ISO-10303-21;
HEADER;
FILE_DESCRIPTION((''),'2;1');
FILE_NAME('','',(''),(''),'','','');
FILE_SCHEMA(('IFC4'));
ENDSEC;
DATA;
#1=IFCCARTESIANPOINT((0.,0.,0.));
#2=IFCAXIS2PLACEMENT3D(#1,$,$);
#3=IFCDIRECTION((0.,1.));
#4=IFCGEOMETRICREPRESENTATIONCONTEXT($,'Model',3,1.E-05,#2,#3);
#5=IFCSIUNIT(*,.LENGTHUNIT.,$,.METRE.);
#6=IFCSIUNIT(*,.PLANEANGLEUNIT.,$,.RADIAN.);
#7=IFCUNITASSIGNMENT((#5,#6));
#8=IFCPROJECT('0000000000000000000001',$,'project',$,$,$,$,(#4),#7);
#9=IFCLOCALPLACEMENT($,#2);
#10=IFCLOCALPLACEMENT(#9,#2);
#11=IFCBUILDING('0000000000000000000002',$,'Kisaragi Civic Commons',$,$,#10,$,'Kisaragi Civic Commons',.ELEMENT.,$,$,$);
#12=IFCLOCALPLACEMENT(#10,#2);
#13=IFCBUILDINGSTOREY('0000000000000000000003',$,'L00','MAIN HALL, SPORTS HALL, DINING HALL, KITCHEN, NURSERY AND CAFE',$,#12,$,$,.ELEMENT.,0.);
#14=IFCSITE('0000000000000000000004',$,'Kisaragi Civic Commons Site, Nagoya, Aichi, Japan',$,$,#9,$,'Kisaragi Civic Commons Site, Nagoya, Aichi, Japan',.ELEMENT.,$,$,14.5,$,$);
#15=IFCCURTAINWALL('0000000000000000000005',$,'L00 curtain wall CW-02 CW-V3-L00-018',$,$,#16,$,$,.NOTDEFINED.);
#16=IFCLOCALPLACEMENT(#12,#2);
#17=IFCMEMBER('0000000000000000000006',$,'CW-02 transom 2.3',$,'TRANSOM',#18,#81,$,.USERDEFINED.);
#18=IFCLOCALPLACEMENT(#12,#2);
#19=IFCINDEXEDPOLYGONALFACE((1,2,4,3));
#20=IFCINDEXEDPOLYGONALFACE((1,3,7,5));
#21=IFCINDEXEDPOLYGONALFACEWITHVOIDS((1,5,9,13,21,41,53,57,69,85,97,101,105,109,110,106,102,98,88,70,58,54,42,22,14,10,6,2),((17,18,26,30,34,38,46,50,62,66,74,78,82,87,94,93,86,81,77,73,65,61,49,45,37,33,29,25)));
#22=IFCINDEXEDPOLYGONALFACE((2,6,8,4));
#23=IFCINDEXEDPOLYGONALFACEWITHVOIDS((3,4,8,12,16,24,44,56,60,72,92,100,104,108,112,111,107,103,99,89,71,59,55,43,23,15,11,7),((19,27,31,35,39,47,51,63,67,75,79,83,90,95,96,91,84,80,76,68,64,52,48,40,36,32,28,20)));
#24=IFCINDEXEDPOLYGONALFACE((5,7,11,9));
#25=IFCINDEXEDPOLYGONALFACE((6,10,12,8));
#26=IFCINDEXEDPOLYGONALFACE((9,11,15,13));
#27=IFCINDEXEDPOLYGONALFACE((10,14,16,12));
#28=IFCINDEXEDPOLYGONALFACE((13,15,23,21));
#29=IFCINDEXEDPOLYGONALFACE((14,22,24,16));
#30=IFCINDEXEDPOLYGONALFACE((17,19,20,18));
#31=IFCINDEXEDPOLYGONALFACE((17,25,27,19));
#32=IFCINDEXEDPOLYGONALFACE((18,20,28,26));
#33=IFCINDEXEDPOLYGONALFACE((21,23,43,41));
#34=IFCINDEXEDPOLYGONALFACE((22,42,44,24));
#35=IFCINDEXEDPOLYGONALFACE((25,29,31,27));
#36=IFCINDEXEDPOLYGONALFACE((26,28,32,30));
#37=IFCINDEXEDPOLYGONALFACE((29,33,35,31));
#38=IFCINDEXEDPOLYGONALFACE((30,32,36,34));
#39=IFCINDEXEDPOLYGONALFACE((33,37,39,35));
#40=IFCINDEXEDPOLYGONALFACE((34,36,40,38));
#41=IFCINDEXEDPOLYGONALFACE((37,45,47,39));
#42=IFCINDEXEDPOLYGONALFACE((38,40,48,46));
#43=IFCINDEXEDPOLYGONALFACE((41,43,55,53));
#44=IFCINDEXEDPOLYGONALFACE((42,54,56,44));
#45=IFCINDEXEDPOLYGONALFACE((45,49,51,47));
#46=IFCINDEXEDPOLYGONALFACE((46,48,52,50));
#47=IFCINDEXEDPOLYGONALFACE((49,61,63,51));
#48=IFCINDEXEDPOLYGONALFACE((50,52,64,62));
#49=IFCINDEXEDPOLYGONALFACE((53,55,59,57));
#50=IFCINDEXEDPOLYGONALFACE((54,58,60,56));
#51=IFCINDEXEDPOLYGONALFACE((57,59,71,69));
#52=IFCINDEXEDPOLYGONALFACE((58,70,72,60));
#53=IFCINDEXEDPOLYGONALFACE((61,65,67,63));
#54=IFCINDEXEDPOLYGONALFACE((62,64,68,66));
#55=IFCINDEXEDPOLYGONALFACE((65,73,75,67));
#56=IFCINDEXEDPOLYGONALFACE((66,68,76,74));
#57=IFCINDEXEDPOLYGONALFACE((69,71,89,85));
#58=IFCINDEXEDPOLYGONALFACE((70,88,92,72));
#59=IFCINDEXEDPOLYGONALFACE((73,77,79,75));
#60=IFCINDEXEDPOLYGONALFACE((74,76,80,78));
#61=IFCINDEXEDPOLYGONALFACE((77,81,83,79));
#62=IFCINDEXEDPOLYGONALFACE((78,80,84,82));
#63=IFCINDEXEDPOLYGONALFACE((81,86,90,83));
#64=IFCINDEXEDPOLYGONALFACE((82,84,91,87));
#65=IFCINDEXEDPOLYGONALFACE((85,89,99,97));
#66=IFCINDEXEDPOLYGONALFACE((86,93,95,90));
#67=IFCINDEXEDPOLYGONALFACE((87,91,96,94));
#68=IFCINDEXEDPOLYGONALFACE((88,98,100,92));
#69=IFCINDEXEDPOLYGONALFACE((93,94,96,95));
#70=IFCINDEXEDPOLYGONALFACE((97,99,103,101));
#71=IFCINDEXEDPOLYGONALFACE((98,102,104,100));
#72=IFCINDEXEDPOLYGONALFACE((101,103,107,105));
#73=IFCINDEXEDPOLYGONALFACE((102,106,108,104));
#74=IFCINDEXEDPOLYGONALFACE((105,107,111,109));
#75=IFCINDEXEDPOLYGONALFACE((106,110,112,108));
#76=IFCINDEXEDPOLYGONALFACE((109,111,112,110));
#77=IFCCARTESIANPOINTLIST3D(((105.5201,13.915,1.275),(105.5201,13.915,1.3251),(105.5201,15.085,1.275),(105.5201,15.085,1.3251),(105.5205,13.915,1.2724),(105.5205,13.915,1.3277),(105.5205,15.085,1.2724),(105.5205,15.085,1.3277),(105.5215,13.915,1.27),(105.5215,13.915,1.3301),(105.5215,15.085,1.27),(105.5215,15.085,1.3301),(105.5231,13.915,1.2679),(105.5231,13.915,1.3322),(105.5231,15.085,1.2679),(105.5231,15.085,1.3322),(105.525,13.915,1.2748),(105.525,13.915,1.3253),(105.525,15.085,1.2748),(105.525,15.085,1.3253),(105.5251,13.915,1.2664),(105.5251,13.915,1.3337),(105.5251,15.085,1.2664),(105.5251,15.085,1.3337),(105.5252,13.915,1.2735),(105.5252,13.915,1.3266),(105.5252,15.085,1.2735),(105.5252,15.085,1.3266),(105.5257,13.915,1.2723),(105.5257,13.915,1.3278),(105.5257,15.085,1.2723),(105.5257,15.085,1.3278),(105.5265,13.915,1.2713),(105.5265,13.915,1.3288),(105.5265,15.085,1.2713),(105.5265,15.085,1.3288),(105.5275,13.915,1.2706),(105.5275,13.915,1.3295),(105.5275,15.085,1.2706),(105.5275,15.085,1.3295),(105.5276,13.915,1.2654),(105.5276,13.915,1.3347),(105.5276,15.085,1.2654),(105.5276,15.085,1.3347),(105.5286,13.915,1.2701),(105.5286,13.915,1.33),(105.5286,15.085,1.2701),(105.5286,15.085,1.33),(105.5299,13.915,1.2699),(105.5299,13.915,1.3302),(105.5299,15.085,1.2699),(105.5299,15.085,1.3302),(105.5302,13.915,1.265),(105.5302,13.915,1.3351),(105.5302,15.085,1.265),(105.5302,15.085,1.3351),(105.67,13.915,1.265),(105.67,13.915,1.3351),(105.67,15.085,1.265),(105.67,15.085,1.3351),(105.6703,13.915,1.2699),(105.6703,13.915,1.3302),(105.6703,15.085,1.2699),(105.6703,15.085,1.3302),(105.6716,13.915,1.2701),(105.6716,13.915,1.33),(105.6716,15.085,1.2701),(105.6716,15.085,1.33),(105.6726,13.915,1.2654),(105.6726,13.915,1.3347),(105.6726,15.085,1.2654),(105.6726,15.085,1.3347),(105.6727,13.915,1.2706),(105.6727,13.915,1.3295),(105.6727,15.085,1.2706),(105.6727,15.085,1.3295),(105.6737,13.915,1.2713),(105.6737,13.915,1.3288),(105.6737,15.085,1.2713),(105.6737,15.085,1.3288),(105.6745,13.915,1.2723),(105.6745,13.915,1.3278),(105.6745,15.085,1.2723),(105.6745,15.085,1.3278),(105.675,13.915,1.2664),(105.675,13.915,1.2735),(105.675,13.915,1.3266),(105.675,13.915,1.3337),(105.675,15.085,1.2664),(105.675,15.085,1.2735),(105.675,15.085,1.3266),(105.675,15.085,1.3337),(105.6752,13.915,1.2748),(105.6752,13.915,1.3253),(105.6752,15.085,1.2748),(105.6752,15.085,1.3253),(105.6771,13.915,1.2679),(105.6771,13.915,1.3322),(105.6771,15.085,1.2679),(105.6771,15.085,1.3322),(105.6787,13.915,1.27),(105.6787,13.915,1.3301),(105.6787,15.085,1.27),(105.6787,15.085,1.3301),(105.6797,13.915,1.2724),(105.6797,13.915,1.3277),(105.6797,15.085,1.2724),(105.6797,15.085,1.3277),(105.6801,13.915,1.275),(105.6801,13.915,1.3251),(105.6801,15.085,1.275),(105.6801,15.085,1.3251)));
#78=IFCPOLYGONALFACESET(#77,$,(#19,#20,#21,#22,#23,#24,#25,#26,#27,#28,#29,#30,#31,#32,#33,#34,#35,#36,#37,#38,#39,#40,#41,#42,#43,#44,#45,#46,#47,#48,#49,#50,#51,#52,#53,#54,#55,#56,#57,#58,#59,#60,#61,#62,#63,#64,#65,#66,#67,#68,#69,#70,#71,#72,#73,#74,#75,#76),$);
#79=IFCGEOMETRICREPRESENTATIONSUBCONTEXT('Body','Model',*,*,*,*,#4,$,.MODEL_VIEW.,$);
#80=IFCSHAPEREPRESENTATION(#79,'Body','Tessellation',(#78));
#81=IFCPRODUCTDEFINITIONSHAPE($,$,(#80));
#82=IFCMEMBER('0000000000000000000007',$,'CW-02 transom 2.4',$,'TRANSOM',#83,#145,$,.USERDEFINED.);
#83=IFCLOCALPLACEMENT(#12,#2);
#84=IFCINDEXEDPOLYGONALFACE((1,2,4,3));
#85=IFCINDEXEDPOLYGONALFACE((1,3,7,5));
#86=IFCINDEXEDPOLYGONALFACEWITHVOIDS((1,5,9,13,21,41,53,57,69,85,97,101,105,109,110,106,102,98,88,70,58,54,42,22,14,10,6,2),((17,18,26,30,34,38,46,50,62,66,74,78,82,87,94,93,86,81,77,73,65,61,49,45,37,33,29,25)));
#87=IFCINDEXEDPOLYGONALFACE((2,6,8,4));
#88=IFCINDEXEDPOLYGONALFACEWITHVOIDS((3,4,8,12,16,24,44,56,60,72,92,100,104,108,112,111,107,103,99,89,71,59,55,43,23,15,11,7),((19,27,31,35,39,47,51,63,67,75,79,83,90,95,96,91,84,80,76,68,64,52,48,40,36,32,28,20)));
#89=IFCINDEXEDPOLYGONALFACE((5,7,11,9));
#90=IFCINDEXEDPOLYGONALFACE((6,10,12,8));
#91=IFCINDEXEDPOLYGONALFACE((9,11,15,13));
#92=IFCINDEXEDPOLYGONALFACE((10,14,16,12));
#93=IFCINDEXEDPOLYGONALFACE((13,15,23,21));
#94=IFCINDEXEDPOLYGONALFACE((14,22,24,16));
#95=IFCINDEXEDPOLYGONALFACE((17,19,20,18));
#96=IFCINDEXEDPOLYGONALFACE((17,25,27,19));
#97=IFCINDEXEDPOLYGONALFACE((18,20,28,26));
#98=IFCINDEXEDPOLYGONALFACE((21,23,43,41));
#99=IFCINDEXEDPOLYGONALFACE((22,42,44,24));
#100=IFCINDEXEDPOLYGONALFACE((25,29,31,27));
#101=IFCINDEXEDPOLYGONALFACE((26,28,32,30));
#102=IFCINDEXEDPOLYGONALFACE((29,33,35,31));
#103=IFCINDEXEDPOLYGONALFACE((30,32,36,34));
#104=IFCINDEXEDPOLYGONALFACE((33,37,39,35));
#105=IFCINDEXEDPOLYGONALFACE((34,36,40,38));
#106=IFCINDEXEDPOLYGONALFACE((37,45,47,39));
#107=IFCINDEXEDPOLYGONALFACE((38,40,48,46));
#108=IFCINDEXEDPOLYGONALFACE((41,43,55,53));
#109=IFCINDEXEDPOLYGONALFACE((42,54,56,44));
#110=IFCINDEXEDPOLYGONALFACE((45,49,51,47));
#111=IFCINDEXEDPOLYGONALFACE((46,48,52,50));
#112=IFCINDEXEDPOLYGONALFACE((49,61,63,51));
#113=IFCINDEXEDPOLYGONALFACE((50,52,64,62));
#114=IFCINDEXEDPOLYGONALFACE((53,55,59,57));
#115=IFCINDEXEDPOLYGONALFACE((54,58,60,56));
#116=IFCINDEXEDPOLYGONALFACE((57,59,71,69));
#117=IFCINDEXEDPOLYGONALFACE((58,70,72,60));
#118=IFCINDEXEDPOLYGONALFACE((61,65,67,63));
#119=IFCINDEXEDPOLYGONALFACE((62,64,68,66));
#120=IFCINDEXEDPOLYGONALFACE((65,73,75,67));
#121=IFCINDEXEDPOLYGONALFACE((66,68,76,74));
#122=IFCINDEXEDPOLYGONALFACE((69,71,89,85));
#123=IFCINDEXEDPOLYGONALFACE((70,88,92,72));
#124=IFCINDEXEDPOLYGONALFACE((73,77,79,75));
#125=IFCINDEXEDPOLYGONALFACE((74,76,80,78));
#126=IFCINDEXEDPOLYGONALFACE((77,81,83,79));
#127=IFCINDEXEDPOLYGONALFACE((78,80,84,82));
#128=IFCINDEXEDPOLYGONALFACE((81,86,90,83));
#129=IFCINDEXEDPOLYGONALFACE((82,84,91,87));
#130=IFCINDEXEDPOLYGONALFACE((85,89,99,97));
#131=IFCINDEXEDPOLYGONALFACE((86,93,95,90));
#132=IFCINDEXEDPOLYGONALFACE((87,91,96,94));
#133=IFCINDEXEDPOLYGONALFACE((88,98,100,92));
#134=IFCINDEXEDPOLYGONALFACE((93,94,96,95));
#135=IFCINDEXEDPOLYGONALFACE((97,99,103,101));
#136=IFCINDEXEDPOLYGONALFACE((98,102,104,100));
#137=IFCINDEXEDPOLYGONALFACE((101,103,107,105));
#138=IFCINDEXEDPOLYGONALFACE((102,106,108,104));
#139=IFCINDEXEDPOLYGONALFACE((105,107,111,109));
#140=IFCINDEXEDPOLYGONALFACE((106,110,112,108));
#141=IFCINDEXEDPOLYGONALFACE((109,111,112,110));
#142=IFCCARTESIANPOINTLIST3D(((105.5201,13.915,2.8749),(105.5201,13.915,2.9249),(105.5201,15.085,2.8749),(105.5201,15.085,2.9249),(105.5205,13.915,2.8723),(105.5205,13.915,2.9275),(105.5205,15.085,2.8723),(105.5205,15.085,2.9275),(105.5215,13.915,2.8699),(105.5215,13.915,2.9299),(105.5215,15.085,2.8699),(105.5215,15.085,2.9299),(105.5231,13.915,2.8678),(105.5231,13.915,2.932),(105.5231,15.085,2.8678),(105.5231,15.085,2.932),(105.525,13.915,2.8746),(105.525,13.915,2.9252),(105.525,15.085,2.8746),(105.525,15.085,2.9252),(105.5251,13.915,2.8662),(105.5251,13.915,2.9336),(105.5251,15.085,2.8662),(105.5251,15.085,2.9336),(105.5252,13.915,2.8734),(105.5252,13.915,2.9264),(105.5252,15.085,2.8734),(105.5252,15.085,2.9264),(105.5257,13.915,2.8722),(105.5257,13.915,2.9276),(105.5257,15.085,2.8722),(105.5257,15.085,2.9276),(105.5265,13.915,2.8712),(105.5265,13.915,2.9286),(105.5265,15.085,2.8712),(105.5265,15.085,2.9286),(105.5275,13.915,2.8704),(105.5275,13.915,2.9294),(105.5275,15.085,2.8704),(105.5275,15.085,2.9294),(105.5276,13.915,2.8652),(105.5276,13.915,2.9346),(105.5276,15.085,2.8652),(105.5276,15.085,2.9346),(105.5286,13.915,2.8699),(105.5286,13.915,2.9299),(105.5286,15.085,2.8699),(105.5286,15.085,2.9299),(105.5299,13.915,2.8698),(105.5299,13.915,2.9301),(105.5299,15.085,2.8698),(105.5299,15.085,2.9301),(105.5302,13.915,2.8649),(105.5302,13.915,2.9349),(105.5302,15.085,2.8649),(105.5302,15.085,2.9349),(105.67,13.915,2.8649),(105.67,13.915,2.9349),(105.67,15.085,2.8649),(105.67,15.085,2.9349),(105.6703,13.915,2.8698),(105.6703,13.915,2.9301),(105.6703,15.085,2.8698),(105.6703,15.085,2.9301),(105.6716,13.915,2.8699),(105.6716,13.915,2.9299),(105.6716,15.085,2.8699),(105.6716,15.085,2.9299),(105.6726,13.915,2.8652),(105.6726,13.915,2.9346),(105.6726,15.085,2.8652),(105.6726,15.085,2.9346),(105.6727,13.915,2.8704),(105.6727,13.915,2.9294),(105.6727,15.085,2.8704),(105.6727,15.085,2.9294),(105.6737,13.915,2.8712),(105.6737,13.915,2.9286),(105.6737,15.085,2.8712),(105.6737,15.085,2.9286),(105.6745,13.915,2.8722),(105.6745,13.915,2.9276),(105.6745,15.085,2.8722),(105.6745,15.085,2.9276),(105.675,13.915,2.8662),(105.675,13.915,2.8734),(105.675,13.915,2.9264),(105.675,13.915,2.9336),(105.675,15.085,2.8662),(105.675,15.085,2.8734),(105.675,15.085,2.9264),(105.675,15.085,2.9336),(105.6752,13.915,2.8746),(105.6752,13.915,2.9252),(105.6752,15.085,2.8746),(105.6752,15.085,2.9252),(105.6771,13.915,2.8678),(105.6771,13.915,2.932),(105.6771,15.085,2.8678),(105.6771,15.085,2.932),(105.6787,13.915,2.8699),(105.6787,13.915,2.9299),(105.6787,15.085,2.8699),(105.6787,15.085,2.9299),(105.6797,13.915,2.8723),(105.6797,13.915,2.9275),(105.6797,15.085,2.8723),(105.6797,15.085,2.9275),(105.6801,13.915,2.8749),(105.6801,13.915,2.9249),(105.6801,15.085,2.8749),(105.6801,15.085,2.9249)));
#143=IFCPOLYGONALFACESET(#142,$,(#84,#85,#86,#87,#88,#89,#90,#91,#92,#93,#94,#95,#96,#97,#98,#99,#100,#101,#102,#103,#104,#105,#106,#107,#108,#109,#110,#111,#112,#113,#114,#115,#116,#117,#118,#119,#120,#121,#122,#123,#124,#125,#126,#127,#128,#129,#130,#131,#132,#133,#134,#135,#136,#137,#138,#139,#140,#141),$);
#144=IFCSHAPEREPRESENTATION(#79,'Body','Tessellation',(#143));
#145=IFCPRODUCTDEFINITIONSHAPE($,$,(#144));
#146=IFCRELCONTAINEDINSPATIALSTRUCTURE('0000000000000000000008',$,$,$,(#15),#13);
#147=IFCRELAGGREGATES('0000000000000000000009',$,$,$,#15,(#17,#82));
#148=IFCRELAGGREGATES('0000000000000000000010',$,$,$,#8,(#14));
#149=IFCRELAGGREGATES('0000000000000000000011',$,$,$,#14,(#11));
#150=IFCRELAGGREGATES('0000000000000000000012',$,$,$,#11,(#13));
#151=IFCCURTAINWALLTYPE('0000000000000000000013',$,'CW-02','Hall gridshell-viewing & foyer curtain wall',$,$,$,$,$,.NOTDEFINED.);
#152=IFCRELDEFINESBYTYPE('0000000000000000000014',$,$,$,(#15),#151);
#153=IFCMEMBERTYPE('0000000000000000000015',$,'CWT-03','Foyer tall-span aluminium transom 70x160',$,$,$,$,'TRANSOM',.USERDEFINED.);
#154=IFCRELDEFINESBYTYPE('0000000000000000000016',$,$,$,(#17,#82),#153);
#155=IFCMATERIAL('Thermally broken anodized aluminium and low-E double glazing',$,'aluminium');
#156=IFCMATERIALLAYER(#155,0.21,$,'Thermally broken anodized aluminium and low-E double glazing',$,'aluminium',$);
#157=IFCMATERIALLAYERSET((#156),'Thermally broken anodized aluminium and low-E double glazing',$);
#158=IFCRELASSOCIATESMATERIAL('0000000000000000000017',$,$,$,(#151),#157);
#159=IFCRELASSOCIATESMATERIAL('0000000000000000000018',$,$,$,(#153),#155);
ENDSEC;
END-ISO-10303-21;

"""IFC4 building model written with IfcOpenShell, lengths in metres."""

from ifc_helpers import new_model, si_unit, direction, frame, origin, origin_2d, place, context, subcontext, project, spatial, hollow_rectangle, extrude, material, layer, layer_set, material_profile, profile_set, type_object, element, aggregate, save


model = new_model("IFC4")

# Units and contexts
model_context = context("Model", 3, precision=1e-05, world=origin(), true_north=direction((0.0, 1.0)))
body_context = subcontext(model_context, "Body", "Model", "MODEL_VIEW")
ifc_project = project(units=[si_unit("LENGTHUNIT", "METRE"), si_unit("PLANEANGLEUNIT", "RADIAN")], contexts=[model_context])

# Site, building, storey
site_placement = place(None, origin())
site = spatial("IfcSite", under=ifc_project, at=site_placement, Name="Kisaragi Civic Commons Site, Nagoya, Aichi, Japan", LongName="Kisaragi Civic Commons Site, Nagoya, Aichi, Japan", CompositionType="ELEMENT", RefElevation=14.5)
building_placement = place(site_placement, origin())
building = spatial("IfcBuilding", under=site, at=building_placement, Name="Kisaragi Civic Commons", LongName="Kisaragi Civic Commons", CompositionType="ELEMENT")
storey_placement = place(building_placement, origin())
storey = spatial("IfcBuildingStorey", under=building, at=storey_placement, Name="L00", Description="MAIN HALL, SPORTS HALL, DINING HALL, KITCHEN, NURSERY AND CAFE", CompositionType="ELEMENT", Elevation=0.0)

# Curtain wall, members
ifc_material_1 = material(Name="Thermally broken anodized aluminium and low-E double glazing", Category="aluminium")
ifc_layer_1 = layer(ifc_material_1, 0.21, Name="Thermally broken anodized aluminium and low-E double glazing", Category="aluminium")
ifc_layer_set_1 = layer_set([ifc_layer_1], Name="Thermally broken anodized aluminium and low-E double glazing")
curtain_wall_type = type_object("IfcCurtainWallType", Name="CW-02", Description="Hall gridshell-viewing & foyer curtain wall", PredefinedType="NOTDEFINED", material=ifc_layer_set_1)
curtain_wall_placement = place(storey_placement, origin())
curtain_wall = element("IfcCurtainWall", 1, at=curtain_wall_placement, inside=storey, type_object=curtain_wall_type, Name="L00 curtain wall CW-02 CW-V3-L00-018", PredefinedType="NOTDEFINED")
ifc_material_profile_1 = material_profile(ifc_material_1, hollow_rectangle(XDim=0.1599, YDim=0.0701, WallThickness=0.0049, InnerFilletRadius=0.0049, OuterFilletRadius=0.01, at=origin_2d()), Name="CWT-70x160x5", Category="aluminium")
ifc_profile_set_1 = profile_set([ifc_material_profile_1], Name="Thermally broken anodized aluminium and low-E double glazing")
member_type_1 = type_object("IfcMemberType", Name="CWT-03", Description="Foyer tall-span aluminium transom 70x160", ElementType="TRANSOM", PredefinedType="USERDEFINED", material=ifc_profile_set_1)
member_1_placement = place(storey_placement, frame((105.6001, 13.915, 1.3), z_axis=(0.0, 1.0, 0.0), x_axis=(-1.0, 0.0, 0.0)))
member_1 = element("IfcMember", 2, at=member_1_placement, type_object=member_type_1, Name="CW-02 transom 2.3", ObjectType="TRANSOM", PredefinedType="USERDEFINED", context=body_context, shape_type="SweptSolid", body=[
    extrude(hollow_rectangle(XDim=0.1599, YDim=0.0701, WallThickness=0.0049, InnerFilletRadius=0.0049, OuterFilletRadius=0.01, at=origin_2d()), origin(), (0.0, 0.0, 1.0), 1.1699),
])
member_2_placement = place(storey_placement, frame((105.6001, 13.915, 2.8999), z_axis=(0.0, 1.0, 0.0), x_axis=(-1.0, 0.0, 0.0)))
member_2 = element("IfcMember", 3, at=member_2_placement, type_object=member_type_1, Name="CW-02 transom 2.4", ObjectType="TRANSOM", PredefinedType="USERDEFINED", context=body_context, shape_type="SweptSolid", body=[
    extrude(hollow_rectangle(XDim=0.1599, YDim=0.0701, WallThickness=0.0049, InnerFilletRadius=0.0049, OuterFilletRadius=0.01, at=origin_2d()), origin(), (0.0, 0.0, 1.0), 1.1699),
])

aggregate(curtain_wall, [member_1, member_2])

save(model, "model.ifc")
